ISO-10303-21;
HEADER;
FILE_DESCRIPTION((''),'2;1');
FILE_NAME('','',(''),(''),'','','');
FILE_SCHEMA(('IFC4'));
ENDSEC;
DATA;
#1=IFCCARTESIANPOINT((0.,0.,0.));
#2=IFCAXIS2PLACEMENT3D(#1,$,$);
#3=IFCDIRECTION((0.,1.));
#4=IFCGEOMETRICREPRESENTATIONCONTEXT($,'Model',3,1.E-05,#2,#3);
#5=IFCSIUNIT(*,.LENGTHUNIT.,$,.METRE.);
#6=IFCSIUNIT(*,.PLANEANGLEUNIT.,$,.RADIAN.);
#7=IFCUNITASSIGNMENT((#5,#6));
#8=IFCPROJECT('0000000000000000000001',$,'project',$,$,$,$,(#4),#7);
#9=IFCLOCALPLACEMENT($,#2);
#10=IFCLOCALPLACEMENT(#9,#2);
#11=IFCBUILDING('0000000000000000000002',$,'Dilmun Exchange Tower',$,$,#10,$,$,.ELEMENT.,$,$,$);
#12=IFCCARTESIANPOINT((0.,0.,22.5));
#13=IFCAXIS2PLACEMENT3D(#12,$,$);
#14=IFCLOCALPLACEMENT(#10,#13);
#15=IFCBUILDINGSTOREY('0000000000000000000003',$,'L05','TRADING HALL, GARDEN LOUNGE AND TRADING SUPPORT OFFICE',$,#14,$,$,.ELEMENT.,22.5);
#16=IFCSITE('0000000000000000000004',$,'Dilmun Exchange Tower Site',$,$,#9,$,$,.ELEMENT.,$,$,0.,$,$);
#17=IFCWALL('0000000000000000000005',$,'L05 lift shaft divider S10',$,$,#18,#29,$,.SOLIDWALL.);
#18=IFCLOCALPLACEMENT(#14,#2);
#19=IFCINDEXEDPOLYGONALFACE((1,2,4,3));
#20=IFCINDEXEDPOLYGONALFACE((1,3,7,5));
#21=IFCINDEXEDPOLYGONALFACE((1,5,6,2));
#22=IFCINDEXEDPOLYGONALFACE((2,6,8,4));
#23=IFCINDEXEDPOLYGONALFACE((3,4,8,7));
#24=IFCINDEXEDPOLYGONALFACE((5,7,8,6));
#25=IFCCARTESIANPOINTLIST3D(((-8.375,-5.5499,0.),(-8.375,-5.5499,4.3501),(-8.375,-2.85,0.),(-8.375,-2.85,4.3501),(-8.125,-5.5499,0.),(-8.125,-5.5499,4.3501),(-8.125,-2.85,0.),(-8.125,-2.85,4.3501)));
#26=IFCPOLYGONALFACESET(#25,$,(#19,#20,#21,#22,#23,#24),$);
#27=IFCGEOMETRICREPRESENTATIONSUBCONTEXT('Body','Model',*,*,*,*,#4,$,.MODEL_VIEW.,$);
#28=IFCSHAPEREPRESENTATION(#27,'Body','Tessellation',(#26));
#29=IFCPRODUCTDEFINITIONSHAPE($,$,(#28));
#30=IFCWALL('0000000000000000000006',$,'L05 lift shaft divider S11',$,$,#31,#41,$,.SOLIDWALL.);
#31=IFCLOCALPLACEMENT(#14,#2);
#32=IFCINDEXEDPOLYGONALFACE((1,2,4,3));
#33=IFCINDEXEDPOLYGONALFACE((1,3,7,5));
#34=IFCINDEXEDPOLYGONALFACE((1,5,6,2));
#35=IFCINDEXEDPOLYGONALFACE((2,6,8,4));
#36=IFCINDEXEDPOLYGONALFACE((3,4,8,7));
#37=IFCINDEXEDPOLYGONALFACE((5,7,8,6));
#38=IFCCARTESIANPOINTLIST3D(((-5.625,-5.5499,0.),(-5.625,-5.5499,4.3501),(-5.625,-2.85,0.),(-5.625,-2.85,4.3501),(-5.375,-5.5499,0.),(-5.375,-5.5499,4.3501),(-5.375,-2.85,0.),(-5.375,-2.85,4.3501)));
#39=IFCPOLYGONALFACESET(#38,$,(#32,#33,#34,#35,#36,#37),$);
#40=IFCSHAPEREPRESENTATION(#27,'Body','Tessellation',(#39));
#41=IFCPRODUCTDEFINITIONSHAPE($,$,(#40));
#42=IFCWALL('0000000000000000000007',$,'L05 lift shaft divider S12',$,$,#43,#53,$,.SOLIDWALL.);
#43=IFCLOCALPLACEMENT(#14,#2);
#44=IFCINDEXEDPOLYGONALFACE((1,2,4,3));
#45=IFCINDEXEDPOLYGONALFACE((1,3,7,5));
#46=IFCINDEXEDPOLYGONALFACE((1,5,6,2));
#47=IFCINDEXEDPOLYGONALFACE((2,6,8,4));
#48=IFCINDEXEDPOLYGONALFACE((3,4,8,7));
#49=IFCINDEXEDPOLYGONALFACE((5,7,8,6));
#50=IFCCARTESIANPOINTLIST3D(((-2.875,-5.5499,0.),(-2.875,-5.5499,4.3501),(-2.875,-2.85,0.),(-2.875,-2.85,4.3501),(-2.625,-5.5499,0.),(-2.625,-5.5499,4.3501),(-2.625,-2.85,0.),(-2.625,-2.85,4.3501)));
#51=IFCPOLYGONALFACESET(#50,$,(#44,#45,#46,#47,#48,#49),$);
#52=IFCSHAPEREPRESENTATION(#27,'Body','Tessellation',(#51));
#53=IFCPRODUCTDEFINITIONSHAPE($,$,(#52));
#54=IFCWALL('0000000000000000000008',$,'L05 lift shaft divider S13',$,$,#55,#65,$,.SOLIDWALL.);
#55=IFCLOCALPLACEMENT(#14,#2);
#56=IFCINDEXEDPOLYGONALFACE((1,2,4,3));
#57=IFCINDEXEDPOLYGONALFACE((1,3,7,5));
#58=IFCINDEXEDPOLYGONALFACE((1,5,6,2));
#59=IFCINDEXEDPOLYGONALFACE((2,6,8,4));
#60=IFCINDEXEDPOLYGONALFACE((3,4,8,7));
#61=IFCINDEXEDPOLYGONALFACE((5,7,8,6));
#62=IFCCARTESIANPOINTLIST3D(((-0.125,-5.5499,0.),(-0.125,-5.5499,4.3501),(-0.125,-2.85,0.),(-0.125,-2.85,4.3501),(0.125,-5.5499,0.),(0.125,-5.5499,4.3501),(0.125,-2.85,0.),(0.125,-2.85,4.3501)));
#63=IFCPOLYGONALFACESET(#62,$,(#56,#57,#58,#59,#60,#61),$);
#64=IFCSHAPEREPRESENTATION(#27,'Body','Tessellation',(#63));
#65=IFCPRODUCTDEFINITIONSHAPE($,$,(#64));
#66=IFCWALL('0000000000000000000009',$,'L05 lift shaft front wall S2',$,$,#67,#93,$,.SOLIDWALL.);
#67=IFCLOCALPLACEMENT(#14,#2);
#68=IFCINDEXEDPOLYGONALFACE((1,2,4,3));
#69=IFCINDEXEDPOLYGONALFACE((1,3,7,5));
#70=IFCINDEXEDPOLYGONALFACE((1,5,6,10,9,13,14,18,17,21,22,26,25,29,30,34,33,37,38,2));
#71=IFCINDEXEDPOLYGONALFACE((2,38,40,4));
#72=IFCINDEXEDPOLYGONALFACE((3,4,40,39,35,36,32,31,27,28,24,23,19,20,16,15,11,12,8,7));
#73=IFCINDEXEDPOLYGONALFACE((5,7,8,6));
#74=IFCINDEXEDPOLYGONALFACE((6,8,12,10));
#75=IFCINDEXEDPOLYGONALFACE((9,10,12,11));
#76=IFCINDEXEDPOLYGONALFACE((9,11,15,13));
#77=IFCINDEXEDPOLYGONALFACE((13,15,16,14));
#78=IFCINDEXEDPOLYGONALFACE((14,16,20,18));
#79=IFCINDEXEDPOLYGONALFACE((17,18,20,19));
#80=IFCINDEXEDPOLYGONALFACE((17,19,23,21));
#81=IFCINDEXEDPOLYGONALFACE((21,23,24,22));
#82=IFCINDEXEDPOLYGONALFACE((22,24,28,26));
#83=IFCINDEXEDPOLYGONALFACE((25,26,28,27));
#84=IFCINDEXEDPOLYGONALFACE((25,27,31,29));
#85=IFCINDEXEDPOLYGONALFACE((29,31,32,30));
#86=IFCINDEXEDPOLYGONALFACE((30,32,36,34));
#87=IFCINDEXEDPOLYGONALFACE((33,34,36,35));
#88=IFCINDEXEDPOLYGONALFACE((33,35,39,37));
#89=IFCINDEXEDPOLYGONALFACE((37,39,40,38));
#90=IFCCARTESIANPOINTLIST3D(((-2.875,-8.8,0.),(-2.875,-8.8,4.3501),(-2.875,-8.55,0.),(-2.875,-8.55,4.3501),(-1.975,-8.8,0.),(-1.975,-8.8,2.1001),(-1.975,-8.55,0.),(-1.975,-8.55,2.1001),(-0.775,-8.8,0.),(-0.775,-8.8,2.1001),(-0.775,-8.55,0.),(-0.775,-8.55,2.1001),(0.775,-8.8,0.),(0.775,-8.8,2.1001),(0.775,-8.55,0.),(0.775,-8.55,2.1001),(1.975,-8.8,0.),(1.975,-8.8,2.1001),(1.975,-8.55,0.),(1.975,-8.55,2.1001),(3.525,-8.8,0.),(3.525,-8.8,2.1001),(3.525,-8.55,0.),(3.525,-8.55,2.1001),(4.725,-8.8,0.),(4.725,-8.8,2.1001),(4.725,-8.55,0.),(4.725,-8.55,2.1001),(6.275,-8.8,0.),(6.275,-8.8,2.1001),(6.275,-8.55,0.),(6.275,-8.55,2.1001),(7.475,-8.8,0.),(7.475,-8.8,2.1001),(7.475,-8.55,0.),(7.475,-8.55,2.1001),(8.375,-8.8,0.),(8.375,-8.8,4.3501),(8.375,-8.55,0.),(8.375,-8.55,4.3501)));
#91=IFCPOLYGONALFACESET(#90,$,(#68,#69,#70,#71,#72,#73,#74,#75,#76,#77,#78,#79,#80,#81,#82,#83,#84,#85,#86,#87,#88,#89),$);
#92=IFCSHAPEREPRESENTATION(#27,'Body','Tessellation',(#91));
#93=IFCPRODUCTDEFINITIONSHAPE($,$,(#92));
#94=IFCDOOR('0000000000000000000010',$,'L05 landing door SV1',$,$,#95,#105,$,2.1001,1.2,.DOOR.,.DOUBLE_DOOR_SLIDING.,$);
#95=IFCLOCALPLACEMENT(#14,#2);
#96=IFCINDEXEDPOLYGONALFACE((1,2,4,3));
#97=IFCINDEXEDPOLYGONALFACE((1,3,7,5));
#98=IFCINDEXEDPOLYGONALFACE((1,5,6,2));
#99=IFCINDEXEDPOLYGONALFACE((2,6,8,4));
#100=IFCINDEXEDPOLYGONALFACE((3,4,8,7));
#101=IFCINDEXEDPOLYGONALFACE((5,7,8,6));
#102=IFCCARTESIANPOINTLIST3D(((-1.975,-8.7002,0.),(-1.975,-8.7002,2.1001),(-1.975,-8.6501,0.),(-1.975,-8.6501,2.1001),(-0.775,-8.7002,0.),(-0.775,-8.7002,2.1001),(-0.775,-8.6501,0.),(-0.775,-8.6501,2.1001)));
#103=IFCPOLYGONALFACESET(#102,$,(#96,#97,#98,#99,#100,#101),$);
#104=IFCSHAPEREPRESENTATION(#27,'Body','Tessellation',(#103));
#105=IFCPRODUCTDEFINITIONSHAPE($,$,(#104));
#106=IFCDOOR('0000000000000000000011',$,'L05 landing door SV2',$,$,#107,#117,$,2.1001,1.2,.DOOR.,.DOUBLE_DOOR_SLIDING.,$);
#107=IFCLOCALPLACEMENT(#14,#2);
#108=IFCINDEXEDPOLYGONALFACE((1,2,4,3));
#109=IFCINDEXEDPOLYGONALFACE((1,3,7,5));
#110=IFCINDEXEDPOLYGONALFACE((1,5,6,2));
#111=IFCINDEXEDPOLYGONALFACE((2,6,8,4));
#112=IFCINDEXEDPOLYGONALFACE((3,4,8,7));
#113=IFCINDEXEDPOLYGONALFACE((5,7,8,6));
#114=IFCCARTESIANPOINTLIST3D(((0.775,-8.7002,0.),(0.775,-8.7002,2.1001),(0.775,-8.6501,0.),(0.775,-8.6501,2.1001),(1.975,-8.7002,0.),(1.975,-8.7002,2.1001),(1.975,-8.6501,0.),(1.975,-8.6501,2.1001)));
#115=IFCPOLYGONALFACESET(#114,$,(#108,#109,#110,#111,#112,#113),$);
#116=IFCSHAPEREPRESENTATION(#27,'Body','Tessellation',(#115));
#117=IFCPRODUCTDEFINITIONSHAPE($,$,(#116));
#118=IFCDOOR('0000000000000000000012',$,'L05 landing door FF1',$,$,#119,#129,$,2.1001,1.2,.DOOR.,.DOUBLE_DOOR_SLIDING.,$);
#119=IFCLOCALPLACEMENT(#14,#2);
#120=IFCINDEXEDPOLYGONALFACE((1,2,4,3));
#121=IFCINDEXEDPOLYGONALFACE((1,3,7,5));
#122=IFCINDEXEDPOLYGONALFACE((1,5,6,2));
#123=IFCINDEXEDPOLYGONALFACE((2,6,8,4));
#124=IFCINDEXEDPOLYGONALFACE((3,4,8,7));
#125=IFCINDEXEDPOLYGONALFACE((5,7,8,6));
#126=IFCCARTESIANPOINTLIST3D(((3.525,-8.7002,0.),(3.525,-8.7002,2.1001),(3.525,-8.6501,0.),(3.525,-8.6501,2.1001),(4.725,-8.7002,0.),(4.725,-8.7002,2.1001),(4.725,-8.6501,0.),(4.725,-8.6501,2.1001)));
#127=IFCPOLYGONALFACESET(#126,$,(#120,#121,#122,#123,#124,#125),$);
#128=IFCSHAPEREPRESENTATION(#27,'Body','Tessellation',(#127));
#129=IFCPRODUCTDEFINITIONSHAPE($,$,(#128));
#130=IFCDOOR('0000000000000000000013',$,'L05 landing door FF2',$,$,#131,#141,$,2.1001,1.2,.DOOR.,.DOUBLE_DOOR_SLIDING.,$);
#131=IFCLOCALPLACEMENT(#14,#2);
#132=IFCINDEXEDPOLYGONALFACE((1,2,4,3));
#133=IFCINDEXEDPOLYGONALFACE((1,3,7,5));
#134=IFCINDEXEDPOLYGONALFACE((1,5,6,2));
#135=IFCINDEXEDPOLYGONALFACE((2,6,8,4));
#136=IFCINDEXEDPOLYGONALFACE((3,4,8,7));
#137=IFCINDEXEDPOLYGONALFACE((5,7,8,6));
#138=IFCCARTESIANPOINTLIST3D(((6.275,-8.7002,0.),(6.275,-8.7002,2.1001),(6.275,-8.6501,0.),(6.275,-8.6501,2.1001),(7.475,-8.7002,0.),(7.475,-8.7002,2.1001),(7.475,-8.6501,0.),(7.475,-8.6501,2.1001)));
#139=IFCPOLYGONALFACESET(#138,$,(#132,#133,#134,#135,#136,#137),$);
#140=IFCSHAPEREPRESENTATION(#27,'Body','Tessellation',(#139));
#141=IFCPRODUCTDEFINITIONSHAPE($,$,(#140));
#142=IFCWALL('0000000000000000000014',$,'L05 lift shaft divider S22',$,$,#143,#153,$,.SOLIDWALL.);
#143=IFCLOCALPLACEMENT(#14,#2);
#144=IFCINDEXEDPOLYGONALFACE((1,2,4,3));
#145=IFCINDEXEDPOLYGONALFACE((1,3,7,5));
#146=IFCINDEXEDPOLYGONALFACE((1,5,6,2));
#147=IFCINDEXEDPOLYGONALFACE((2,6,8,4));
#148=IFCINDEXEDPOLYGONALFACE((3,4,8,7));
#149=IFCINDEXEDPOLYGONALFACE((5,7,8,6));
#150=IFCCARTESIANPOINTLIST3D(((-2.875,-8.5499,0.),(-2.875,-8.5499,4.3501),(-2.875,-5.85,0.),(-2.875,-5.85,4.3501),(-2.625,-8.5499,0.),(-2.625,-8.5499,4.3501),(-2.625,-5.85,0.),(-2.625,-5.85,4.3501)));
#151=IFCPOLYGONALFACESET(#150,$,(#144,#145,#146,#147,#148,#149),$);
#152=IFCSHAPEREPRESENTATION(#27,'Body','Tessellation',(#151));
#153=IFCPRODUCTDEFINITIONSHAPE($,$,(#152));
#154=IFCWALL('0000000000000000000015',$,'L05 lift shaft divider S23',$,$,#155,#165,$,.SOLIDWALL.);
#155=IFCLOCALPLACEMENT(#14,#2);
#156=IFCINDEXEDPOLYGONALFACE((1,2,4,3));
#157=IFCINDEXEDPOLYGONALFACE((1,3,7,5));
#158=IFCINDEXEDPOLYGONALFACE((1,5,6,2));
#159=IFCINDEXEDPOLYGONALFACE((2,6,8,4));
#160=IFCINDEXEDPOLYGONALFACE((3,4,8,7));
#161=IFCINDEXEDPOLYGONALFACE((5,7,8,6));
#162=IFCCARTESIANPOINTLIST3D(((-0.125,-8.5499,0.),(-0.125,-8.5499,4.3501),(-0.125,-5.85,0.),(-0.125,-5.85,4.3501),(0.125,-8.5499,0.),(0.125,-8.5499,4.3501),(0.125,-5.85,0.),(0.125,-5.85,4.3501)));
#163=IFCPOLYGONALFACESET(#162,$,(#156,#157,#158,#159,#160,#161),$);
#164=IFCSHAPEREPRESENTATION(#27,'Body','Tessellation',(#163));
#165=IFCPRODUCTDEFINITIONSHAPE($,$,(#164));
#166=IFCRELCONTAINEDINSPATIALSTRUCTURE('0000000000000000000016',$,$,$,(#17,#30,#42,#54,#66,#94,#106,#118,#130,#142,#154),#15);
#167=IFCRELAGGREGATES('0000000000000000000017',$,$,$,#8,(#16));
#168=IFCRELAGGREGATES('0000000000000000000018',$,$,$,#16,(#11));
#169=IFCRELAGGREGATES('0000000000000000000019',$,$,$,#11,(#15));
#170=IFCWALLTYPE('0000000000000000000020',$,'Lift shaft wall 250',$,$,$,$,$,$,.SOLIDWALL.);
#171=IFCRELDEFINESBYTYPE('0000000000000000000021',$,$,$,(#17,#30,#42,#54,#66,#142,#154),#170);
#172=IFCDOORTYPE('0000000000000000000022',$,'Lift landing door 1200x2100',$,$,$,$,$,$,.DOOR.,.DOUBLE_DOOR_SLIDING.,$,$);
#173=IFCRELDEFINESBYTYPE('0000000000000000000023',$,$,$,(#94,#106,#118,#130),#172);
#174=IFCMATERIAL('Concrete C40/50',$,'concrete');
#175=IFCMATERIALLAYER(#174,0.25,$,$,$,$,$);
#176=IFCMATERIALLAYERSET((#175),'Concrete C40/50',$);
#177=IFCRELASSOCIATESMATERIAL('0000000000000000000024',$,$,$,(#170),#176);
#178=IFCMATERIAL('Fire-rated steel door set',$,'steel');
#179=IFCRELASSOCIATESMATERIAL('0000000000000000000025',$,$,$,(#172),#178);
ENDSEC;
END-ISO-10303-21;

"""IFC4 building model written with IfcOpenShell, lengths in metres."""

from ifc_helpers import new_model, si_unit, direction, frame, frame_2d, origin, place, context, subcontext, project, spatial, rectangle, extrude, material, layer, layer_set, type_object, element, fill, save


model = new_model("IFC4")

# Units and contexts
model_context = context("Model", 3, precision=1e-05, world=origin(), true_north=direction((0.0, 1.0)))
body_context = subcontext(model_context, "Body", "Model", "MODEL_VIEW")
ifc_project = project(units=[si_unit("LENGTHUNIT", "METRE"), si_unit("PLANEANGLEUNIT", "RADIAN")], contexts=[model_context])

# Site, building, storey
site_placement = place(None, origin())
site = spatial("IfcSite", under=ifc_project, at=site_placement, Name="Dilmun Exchange Tower Site", CompositionType="ELEMENT", RefElevation=0.0)
building_placement = place(site_placement, origin())
building = spatial("IfcBuilding", under=site, at=building_placement, Name="Dilmun Exchange Tower", CompositionType="ELEMENT")
storey_placement = place(building_placement, frame((0.0, 0.0, 22.5)))
storey = spatial("IfcBuildingStorey", under=building, at=storey_placement, Name="L05", Description="TRADING HALL, GARDEN LOUNGE AND TRADING SUPPORT OFFICE", CompositionType="ELEMENT", Elevation=22.5)

# Shared definitions
ifc_material_1 = material(Name="Concrete C40/50", Category="concrete")

# Shared definitions
ifc_material_2 = material(Name="Fire-rated steel door set", Category="steel")

# Walls
ifc_layer_1 = layer(ifc_material_1, 0.25)
ifc_layer_set_1 = layer_set([ifc_layer_1], Name="Concrete C40/50")
wall_type_1 = type_object("IfcWallType", Name="Lift shaft wall 250", PredefinedType="SOLIDWALL", material=ifc_layer_set_1)
for number, where, z_axis, x_axis, name in (
    (1, (-8.25, -5.55, 0.0), (0.0, 0.0, 1.0), (0.0, 1.0, 0.0), "L05 lift shaft divider S10"),
    (2, (-5.5, -5.55, 0.0), (0.0, 0.0, 1.0), (0.0, 1.0, 0.0), "L05 lift shaft divider S11"),
    (3, (-2.75, -5.55, 0.0), (0.0, 0.0, 1.0), (0.0, 1.0, 0.0), "L05 lift shaft divider S12"),
    (4, (0.0, -5.55, 0.0), (0.0, 0.0, 1.0), (0.0, 1.0, 0.0), "L05 lift shaft divider S13"),
):
    element("IfcWall", number, at=place(storey_placement, frame(where, z_axis=z_axis, x_axis=x_axis)), inside=storey, type_object=wall_type_1, Name=name, PredefinedType="SOLIDWALL", context=body_context, shape_type="SweptSolid", body=[
        extrude(rectangle(XDim=2.7, YDim=0.25, at=frame_2d((1.3501, 0.0))), origin(), (0.0, 0.0, 1.0), 4.3501),
    ])

# Wall, openings, doors
wall_1_placement = place(storey_placement, frame((-2.875, -8.675, 0.0), z_axis=(0.0, 0.0, 1.0), x_axis=(1.0, 0.0, 0.0)))
wall_1 = element("IfcWall", 5, at=wall_1_placement, inside=storey, type_object=wall_type_1, Name="L05 lift shaft front wall S2", PredefinedType="SOLIDWALL", context=body_context, shape_type="SweptSolid", body=[
    extrude(rectangle(XDim=11.25, YDim=0.25, at=frame_2d((5.625, 0.0))), origin(), (0.0, 0.0, 1.0), 4.3501),
])
opening_1_placement = place(wall_1_placement, frame((0.8999, 0.0, 0.0)))
opening_1 = element("IfcOpeningElement", 6, at=opening_1_placement, cuts=wall_1, PredefinedType="OPENING", context=body_context, shape_type="SweptSolid", body=[
    extrude(rectangle(XDim=1.2, YDim=2.1001, at=frame_2d((0.6001, 1.05))), frame((0.0, 0.135, 0.0), z_axis=(0.0, -1.0, 0.0), x_axis=(1.0, 0.0, 0.0)), (0.0, 0.0, 1.0), 0.27),
])
opening_2_placement = place(wall_1_placement, frame((3.6499, 0.0, 0.0)))
opening_2 = element("IfcOpeningElement", 7, at=opening_2_placement, cuts=wall_1, PredefinedType="OPENING", context=body_context, shape_type="SweptSolid", body=[
    extrude(rectangle(XDim=1.2, YDim=2.1001, at=frame_2d((0.6001, 1.05))), frame((0.0, 0.135, 0.0), z_axis=(0.0, -1.0, 0.0), x_axis=(1.0, 0.0, 0.0)), (0.0, 0.0, 1.0), 0.27),
])
opening_3_placement = place(wall_1_placement, frame((6.3999, 0.0, 0.0)))
opening_3 = element("IfcOpeningElement", 8, at=opening_3_placement, cuts=wall_1, PredefinedType="OPENING", context=body_context, shape_type="SweptSolid", body=[
    extrude(rectangle(XDim=1.2, YDim=2.1001, at=frame_2d((0.6001, 1.05))), frame((0.0, 0.135, 0.0), z_axis=(0.0, -1.0, 0.0), x_axis=(1.0, 0.0, 0.0)), (0.0, 0.0, 1.0), 0.27),
])
opening_4_placement = place(wall_1_placement, frame((9.1499, 0.0, 0.0)))
opening_4 = element("IfcOpeningElement", 9, at=opening_4_placement, cuts=wall_1, PredefinedType="OPENING", context=body_context, shape_type="SweptSolid", body=[
    extrude(rectangle(XDim=1.2, YDim=2.1001, at=frame_2d((0.6001, 1.05))), frame((0.0, 0.135, 0.0), z_axis=(0.0, -1.0, 0.0), x_axis=(1.0, 0.0, 0.0)), (0.0, 0.0, 1.0), 0.27),
])
door_type_1 = type_object("IfcDoorType", Name="Lift landing door 1200x2100", OperationType="DOUBLE_DOOR_SLIDING", PredefinedType="DOOR", material=ifc_material_2)
door_1_placement = place(opening_1_placement, origin())
door_1 = element("IfcDoor", 10, at=door_1_placement, inside=storey, type_object=door_type_1, Name="L05 landing door SV1", OperationType="DOUBLE_DOOR_SLIDING", OverallHeight=2.1001, OverallWidth=1.2, PredefinedType="DOOR", context=body_context, shape_type="SweptSolid", body=[
    extrude(rectangle(XDim=1.2, YDim=2.1001, at=frame_2d((0.6001, 1.05))), frame((0.0, 0.0249, 0.0), z_axis=(0.0, -1.0, 0.0), x_axis=(1.0, 0.0, 0.0)), (0.0, 0.0, 1.0), 0.05),
])
fill(opening_1, door_1)
door_2_placement = place(opening_2_placement, origin())
door_2 = element("IfcDoor", 11, at=door_2_placement, inside=storey, type_object=door_type_1, Name="L05 landing door SV2", OperationType="DOUBLE_DOOR_SLIDING", OverallHeight=2.1001, OverallWidth=1.2, PredefinedType="DOOR", context=body_context, shape_type="SweptSolid", body=[
    extrude(rectangle(XDim=1.2, YDim=2.1001, at=frame_2d((0.6001, 1.05))), frame((0.0, 0.0249, 0.0), z_axis=(0.0, -1.0, 0.0), x_axis=(1.0, 0.0, 0.0)), (0.0, 0.0, 1.0), 0.05),
])
fill(opening_2, door_2)
door_3_placement = place(opening_3_placement, origin())
door_3 = element("IfcDoor", 12, at=door_3_placement, inside=storey, type_object=door_type_1, Name="L05 landing door FF1", OperationType="DOUBLE_DOOR_SLIDING", OverallHeight=2.1001, OverallWidth=1.2, PredefinedType="DOOR", context=body_context, shape_type="SweptSolid", body=[
    extrude(rectangle(XDim=1.2, YDim=2.1001, at=frame_2d((0.6001, 1.05))), frame((0.0, 0.0249, 0.0), z_axis=(0.0, -1.0, 0.0), x_axis=(1.0, 0.0, 0.0)), (0.0, 0.0, 1.0), 0.05),
])
fill(opening_3, door_3)
door_4_placement = place(opening_4_placement, origin())
door_4 = element("IfcDoor", 13, at=door_4_placement, inside=storey, type_object=door_type_1, Name="L05 landing door FF2", OperationType="DOUBLE_DOOR_SLIDING", OverallHeight=2.1001, OverallWidth=1.2, PredefinedType="DOOR", context=body_context, shape_type="SweptSolid", body=[
    extrude(rectangle(XDim=1.2, YDim=2.1001, at=frame_2d((0.6001, 1.05))), frame((0.0, 0.0249, 0.0), z_axis=(0.0, -1.0, 0.0), x_axis=(1.0, 0.0, 0.0)), (0.0, 0.0, 1.0), 0.05),
])
fill(opening_4, door_4)

# Walls
for number, where, z_axis, x_axis, name in (
    (14, (-2.75, -8.55, 0.0), (0.0, 0.0, 1.0), (0.0, 1.0, 0.0), "L05 lift shaft divider S22"),
    (15, (0.0, -8.55, 0.0), (0.0, 0.0, 1.0), (0.0, 1.0, 0.0), "L05 lift shaft divider S23"),
):
    element("IfcWall", number, at=place(storey_placement, frame(where, z_axis=z_axis, x_axis=x_axis)), inside=storey, type_object=wall_type_1, Name=name, PredefinedType="SOLIDWALL", context=body_context, shape_type="SweptSolid", body=[
        extrude(rectangle(XDim=2.7, YDim=0.25, at=frame_2d((1.3501, 0.0))), origin(), (0.0, 0.0, 1.0), 4.3501),
    ])

save(model, "model.ifc")
